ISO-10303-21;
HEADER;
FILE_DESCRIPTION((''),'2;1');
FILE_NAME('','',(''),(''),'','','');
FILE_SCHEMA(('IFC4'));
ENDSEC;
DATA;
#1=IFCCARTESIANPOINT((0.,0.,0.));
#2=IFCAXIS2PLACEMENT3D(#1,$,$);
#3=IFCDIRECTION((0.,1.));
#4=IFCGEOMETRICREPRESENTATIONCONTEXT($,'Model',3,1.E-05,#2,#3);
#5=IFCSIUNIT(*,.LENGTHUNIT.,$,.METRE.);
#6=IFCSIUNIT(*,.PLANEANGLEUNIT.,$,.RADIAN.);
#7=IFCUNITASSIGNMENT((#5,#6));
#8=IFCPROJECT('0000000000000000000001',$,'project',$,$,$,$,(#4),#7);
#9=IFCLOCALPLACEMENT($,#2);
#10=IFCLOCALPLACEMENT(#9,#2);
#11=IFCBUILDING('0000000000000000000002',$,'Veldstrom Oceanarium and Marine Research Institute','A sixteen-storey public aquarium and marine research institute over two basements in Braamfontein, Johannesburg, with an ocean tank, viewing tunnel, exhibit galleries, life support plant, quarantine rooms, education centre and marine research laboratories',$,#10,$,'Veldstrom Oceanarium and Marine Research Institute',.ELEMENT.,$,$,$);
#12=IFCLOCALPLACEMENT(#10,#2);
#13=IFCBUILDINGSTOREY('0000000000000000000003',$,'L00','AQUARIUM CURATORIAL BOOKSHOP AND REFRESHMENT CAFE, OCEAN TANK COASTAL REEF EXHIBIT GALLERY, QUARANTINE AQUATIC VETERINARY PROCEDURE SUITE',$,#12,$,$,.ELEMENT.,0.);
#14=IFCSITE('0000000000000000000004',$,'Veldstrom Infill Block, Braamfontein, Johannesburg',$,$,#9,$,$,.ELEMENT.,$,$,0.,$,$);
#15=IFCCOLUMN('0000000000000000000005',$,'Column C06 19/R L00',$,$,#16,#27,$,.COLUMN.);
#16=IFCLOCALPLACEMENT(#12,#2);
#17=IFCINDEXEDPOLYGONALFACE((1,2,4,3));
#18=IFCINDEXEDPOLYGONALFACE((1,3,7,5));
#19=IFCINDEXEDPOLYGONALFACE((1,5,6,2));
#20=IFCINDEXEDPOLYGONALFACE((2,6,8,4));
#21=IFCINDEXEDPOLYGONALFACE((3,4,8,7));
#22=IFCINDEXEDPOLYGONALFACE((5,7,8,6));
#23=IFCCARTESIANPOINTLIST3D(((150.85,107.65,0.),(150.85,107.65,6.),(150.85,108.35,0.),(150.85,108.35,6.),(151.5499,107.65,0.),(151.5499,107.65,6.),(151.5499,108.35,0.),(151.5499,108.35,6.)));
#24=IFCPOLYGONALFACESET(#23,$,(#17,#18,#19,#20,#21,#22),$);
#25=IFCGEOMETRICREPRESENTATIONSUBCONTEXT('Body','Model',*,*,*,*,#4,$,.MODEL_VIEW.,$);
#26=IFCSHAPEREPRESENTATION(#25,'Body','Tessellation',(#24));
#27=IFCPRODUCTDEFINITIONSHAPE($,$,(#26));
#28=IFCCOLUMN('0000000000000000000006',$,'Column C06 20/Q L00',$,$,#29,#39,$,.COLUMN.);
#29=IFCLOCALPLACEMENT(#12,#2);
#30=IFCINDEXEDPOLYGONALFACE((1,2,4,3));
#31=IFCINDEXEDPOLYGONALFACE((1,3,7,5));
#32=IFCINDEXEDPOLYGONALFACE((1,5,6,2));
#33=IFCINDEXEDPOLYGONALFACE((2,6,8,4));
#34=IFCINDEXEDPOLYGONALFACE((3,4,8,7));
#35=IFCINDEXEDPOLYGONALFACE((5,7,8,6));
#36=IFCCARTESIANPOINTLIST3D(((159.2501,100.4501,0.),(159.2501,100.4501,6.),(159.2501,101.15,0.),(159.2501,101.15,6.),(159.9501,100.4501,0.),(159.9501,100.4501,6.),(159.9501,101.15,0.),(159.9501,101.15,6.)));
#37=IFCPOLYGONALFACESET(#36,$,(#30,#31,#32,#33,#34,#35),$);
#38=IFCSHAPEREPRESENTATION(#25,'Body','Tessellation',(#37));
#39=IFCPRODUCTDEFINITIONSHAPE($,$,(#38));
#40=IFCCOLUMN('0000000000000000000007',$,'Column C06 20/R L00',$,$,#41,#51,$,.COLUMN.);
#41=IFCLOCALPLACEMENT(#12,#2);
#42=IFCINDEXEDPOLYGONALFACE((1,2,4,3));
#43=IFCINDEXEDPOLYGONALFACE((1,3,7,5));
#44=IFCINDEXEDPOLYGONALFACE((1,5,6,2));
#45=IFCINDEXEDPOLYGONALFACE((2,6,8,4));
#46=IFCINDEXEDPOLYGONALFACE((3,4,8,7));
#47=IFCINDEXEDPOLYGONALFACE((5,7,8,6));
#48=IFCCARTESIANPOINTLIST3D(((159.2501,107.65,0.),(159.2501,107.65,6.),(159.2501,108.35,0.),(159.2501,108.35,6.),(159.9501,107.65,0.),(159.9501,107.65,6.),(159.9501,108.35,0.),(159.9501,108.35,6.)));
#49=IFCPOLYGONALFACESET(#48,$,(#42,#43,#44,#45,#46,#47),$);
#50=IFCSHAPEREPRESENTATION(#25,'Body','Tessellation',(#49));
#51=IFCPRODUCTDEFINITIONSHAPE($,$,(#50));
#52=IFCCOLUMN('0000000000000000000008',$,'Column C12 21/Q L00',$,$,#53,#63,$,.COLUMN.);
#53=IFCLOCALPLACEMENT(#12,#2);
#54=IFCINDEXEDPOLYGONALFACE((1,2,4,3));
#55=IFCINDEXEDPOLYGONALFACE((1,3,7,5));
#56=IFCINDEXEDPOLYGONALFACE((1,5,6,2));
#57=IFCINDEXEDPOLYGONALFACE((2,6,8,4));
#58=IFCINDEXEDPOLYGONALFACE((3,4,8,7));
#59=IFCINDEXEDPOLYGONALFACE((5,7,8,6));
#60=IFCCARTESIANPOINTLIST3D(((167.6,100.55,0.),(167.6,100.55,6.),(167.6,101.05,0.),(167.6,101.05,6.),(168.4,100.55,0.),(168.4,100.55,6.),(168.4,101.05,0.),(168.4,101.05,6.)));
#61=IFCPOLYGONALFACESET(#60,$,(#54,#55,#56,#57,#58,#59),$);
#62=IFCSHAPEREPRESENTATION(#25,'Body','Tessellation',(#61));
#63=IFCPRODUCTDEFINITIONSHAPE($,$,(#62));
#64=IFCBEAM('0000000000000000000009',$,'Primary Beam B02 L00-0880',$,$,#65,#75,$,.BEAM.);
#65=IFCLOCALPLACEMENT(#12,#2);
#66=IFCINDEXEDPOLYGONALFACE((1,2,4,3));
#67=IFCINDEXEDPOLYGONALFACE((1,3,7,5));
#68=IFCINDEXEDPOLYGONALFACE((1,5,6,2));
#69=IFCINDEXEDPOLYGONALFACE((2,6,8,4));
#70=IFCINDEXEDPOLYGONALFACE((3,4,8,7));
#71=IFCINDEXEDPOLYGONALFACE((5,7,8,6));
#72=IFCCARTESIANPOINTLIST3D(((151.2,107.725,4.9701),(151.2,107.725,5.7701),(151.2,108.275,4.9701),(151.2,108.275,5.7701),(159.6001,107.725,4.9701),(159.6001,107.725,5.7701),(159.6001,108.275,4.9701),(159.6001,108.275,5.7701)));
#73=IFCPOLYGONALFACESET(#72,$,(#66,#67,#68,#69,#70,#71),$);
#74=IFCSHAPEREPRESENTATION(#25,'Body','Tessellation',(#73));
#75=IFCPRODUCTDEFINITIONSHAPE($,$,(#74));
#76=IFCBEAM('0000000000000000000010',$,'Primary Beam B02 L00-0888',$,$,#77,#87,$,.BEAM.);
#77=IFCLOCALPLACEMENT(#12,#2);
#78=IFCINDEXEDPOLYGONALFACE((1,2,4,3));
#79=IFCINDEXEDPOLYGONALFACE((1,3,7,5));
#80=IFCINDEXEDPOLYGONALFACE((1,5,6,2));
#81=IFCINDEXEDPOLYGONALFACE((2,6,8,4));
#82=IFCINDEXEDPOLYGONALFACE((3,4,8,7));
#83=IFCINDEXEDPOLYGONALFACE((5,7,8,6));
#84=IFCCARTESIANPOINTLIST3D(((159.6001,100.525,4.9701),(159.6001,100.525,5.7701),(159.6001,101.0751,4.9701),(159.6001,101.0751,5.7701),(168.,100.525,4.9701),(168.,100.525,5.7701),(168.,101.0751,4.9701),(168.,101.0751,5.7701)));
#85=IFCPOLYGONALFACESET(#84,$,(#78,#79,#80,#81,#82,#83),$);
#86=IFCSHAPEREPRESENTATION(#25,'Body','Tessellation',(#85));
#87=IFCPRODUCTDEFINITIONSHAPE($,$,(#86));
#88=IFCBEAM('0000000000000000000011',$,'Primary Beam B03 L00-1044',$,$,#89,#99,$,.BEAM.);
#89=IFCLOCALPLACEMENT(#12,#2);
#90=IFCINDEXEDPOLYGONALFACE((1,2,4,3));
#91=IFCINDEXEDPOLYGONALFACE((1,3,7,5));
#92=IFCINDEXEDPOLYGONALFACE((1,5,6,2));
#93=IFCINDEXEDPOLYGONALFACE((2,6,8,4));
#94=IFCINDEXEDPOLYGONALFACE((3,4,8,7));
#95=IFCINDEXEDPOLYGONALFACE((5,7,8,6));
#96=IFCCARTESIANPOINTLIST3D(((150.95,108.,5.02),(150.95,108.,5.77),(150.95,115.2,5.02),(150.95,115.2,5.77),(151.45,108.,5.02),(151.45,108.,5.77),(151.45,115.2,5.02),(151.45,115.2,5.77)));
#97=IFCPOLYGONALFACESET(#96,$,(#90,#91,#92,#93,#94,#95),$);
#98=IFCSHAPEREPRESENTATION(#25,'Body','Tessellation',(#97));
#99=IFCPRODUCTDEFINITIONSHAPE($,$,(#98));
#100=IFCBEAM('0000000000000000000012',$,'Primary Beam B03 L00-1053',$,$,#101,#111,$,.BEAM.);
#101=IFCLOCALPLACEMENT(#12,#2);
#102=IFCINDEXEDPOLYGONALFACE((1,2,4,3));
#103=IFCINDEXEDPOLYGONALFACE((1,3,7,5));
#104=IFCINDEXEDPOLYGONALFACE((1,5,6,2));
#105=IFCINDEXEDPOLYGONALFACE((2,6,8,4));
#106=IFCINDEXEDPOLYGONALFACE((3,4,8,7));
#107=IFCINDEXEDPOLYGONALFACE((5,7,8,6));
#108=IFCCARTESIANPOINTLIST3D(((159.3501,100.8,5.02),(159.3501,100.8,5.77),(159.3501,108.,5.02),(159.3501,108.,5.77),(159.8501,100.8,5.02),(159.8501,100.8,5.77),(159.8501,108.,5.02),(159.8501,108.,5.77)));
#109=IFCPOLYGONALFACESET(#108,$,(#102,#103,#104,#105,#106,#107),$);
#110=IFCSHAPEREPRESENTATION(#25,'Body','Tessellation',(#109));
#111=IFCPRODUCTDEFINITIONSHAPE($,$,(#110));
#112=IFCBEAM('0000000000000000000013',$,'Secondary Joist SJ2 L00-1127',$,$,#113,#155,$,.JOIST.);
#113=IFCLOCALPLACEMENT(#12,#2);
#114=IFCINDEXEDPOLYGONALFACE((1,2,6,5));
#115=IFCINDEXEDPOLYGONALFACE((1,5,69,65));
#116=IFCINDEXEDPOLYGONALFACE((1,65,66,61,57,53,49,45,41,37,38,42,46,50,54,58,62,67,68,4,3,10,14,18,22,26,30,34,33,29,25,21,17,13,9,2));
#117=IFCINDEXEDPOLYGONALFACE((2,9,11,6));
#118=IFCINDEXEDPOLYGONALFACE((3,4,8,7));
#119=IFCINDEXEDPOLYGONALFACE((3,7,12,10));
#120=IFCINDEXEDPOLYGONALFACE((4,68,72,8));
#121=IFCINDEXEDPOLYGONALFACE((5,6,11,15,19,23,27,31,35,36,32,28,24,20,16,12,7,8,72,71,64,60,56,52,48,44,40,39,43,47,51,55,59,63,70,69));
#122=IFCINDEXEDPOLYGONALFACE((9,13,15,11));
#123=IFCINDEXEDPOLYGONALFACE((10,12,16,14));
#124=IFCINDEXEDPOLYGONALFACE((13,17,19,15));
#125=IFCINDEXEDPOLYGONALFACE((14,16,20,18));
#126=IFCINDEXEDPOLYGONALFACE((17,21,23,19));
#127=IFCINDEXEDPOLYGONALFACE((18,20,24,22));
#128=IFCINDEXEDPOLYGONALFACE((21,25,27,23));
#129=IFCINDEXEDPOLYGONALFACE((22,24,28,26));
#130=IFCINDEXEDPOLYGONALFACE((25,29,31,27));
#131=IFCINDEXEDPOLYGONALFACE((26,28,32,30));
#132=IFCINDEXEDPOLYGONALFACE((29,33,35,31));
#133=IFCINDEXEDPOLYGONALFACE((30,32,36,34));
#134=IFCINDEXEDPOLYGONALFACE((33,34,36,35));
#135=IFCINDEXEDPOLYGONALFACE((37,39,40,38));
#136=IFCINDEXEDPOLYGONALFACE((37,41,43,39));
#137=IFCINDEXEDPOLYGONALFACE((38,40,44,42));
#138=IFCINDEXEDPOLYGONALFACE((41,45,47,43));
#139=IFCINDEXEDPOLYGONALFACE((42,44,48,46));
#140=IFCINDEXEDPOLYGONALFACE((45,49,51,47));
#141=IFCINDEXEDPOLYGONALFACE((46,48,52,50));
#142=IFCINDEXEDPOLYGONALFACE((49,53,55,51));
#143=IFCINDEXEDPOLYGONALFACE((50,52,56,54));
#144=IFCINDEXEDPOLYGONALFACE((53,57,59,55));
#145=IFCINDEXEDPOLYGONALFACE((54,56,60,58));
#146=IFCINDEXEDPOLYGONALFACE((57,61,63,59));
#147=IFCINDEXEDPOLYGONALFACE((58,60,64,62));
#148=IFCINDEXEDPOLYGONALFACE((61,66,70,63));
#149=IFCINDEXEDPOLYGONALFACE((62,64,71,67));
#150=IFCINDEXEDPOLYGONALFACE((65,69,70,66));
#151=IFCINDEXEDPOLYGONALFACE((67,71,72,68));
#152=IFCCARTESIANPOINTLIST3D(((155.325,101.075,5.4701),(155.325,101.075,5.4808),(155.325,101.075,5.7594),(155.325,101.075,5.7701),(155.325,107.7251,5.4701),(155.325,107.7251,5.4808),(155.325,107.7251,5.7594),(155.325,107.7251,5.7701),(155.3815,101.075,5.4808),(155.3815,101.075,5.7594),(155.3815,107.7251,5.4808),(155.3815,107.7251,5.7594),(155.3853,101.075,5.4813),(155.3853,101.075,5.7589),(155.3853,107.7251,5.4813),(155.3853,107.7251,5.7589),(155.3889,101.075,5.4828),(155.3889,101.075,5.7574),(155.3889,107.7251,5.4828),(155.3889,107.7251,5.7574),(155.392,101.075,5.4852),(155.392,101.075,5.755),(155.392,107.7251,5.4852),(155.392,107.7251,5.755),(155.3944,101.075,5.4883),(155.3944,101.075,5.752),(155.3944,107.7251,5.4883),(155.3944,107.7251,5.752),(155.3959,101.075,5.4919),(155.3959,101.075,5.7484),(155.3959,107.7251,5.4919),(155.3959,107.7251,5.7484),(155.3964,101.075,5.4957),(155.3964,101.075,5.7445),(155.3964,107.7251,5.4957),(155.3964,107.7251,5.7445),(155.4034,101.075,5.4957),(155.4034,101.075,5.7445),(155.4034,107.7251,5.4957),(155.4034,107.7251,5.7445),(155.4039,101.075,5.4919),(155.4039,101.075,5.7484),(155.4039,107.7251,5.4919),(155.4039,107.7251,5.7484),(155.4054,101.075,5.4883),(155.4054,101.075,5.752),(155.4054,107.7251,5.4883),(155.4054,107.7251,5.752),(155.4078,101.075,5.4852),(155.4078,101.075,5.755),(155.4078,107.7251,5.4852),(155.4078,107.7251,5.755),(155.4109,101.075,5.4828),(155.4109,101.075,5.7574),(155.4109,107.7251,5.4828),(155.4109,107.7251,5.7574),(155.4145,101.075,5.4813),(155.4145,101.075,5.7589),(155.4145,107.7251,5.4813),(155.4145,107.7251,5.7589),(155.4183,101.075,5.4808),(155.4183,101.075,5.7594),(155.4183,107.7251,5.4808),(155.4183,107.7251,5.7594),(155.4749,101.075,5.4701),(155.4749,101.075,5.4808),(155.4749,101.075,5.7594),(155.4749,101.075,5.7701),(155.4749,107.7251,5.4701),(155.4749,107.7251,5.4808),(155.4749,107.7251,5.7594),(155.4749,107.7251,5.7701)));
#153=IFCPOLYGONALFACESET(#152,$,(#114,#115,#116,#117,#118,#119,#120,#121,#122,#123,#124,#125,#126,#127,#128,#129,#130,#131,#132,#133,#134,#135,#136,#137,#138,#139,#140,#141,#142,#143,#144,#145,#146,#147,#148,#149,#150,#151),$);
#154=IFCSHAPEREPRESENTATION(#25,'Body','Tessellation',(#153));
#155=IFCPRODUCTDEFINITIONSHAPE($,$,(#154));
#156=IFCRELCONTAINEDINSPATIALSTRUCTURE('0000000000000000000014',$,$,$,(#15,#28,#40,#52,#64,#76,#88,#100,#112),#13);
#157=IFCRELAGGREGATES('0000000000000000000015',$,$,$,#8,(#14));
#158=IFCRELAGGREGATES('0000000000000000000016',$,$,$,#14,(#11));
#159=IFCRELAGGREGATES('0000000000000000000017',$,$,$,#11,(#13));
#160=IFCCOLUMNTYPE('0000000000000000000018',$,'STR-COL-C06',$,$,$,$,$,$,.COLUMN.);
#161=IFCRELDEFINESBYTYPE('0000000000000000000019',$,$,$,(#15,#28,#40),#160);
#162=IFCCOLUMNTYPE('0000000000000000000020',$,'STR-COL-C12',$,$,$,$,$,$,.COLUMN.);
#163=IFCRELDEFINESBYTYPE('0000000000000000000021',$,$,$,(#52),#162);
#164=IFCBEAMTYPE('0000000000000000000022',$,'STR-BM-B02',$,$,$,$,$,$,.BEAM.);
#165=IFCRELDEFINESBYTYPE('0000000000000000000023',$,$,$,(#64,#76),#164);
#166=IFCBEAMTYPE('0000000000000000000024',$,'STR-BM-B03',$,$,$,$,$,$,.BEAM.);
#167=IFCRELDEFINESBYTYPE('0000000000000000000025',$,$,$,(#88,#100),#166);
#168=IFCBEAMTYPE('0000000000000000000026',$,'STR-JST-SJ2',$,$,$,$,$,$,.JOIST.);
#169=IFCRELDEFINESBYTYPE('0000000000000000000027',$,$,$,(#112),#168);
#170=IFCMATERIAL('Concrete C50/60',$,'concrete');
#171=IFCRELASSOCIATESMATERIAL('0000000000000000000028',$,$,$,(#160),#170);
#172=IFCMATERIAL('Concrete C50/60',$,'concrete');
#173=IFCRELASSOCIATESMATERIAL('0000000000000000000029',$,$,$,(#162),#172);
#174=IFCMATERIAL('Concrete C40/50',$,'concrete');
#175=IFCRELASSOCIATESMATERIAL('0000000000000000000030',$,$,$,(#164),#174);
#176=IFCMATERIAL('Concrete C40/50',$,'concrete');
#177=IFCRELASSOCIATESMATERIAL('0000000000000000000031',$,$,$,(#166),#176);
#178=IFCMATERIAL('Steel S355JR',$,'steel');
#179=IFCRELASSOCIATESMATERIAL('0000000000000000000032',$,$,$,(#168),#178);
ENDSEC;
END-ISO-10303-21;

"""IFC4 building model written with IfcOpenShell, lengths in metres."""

from ifc_helpers import new_model, si_unit, direction, frame, origin, origin_2d, place, context, subcontext, project, spatial, rectangle, i_section, extrude, material, material_profile, profile_set, type_object, element, save


model = new_model("IFC4")

# Units and contexts
model_context = context("Model", 3, precision=1e-05, world=origin(), true_north=direction((0.0, 1.0)))
body_context = subcontext(model_context, "Body", "Model", "MODEL_VIEW")
ifc_project = project(units=[si_unit("LENGTHUNIT", "METRE"), si_unit("PLANEANGLEUNIT", "RADIAN")], contexts=[model_context])

# Site, building, storey
site_placement = place(None, origin())
site = spatial("IfcSite", under=ifc_project, at=site_placement, Name="Veldstrom Infill Block, Braamfontein, Johannesburg", CompositionType="ELEMENT", RefElevation=0.0)
building_placement = place(site_placement, origin())
building = spatial("IfcBuilding", under=site, at=building_placement, Name="Veldstrom Oceanarium and Marine Research Institute", Description="A sixteen-storey public aquarium and marine research institute over two basements in Braamfontein, Johannesburg, with an ocean tank, viewing tunnel, exhibit galleries, life support plant, quarantine rooms, education centre and marine research laboratories", LongName="Veldstrom Oceanarium and Marine Research Institute", CompositionType="ELEMENT")
storey_placement = place(building_placement, origin())
storey = spatial("IfcBuildingStorey", under=building, at=storey_placement, Name="L00", Description="AQUARIUM CURATORIAL BOOKSHOP AND REFRESHMENT CAFE, OCEAN TANK COASTAL REEF EXHIBIT GALLERY, QUARANTINE AQUATIC VETERINARY PROCEDURE SUITE", CompositionType="ELEMENT", Elevation=0.0)

# Columns
ifc_material_1 = material(Name="Concrete C50/60", Category="concrete")
ifc_material_profile_1 = material_profile(ifc_material_1, rectangle(XDim=0.7, YDim=0.7, at=origin_2d()), Name="RC-COL-700x700")
ifc_profile_set_1 = profile_set([ifc_material_profile_1], Name="Concrete C50/60")
column_type_1 = type_object("IfcColumnType", Name="STR-COL-C06", PredefinedType="COLUMN", material=ifc_profile_set_1)
for number, where, z_axis, x_axis, name in (
    (1, (151.2, 108.0, 0.0), (0.0, 0.0, 1.0), (1.0, 0.0, 0.0), "Column C06 19/R L00"),
    (2, (159.6001, 100.8, 0.0), (0.0, 0.0, 1.0), (1.0, 0.0, 0.0), "Column C06 20/Q L00"),
    (3, (159.6001, 108.0, 0.0), (0.0, 0.0, 1.0), (1.0, 0.0, 0.0), "Column C06 20/R L00"),
):
    element("IfcColumn", number, at=place(storey_placement, frame(where, z_axis=z_axis, x_axis=x_axis)), inside=storey, type_object=column_type_1, Name=name, PredefinedType="COLUMN", context=body_context, shape_type="SweptSolid", body=[
        extrude(rectangle(XDim=0.7, YDim=0.7, at=origin_2d()), origin(), (0.0, 0.0, 1.0), 6.0),
    ])
ifc_material_2 = material(Name="Concrete C50/60", Category="concrete")
ifc_material_profile_2 = material_profile(ifc_material_2, rectangle(XDim=0.5, YDim=0.8, at=origin_2d()), Name="RC-COL-800x500")
ifc_profile_set_2 = profile_set([ifc_material_profile_2], Name="Concrete C50/60")
column_type_2 = type_object("IfcColumnType", Name="STR-COL-C12", PredefinedType="COLUMN", material=ifc_profile_set_2)
column_placement = place(storey_placement, frame((168.0, 100.8, 0.0), z_axis=(0.0, 0.0, 1.0), x_axis=(0.0, 1.0, 0.0)))
element("IfcColumn", 4, at=column_placement, inside=storey, type_object=column_type_2, Name="Column C12 21/Q L00", PredefinedType="COLUMN", context=body_context, shape_type="SweptSolid", body=[
    extrude(rectangle(XDim=0.5, YDim=0.8, at=origin_2d()), origin(), (0.0, 0.0, 1.0), 6.0),
])

# Beams
ifc_material_3 = material(Name="Concrete C40/50", Category="concrete")
ifc_material_profile_3 = material_profile(ifc_material_3, rectangle(XDim=0.55, YDim=0.8, at=origin_2d()), Name="RC-BM-550x800")
ifc_profile_set_3 = profile_set([ifc_material_profile_3], Name="Concrete C40/50")
beam_type_1 = type_object("IfcBeamType", Name="STR-BM-B02", PredefinedType="BEAM", material=ifc_profile_set_3)
beam_1_placement = place(storey_placement, frame((151.2, 108.0, 5.3701), z_axis=(1.0, 0.0, 0.0), x_axis=(0.0, 1.0, 0.0)))
element("IfcBeam", 5, at=beam_1_placement, inside=storey, type_object=beam_type_1, Name="Primary Beam B02 L00-0880", PredefinedType="BEAM", context=body_context, shape_type="SweptSolid", body=[
    extrude(rectangle(XDim=0.55, YDim=0.8, at=origin_2d()), origin(), (0.0, 0.0, 1.0), 8.4001),
])
beam_2_placement = place(storey_placement, frame((159.6001, 100.8, 5.3701), z_axis=(1.0, 0.0, 0.0), x_axis=(0.0, 1.0, 0.0)))
element("IfcBeam", 6, at=beam_2_placement, inside=storey, type_object=beam_type_1, Name="Primary Beam B02 L00-0888", PredefinedType="BEAM", context=body_context, shape_type="SweptSolid", body=[
    extrude(rectangle(XDim=0.55, YDim=0.8, at=origin_2d()), origin(), (0.0, 0.0, 1.0), 8.3999),
])
ifc_material_4 = material(Name="Concrete C40/50", Category="concrete")
ifc_material_profile_4 = material_profile(ifc_material_4, rectangle(XDim=0.5, YDim=0.75, at=origin_2d()), Name="RC-BM-500x750")
ifc_profile_set_4 = profile_set([ifc_material_profile_4], Name="Concrete C40/50")
beam_type_2 = type_object("IfcBeamType", Name="STR-BM-B03", PredefinedType="BEAM", material=ifc_profile_set_4)
for number, where, z_axis, x_axis, name in (
    (7, (151.2, 108.0, 5.395), (0.0, 1.0, 0.0), (-1.0, 0.0, 0.0), "Primary Beam B03 L00-1044"),
    (8, (159.6001, 100.8, 5.395), (0.0, 1.0, 0.0), (-1.0, 0.0, 0.0), "Primary Beam B03 L00-1053"),
):
    element("IfcBeam", number, at=place(storey_placement, frame(where, z_axis=z_axis, x_axis=x_axis)), inside=storey, type_object=beam_type_2, Name=name, PredefinedType="BEAM", context=body_context, shape_type="SweptSolid", body=[
        extrude(rectangle(XDim=0.5, YDim=0.75, at=origin_2d()), origin(), (0.0, 0.0, 1.0), 7.2),
    ])
ifc_material_5 = material(Name="Steel S355JR", Category="steel")
ifc_material_profile_5 = material_profile(ifc_material_5, i_section(OverallWidth=0.1499, OverallDepth=0.3, WebThickness=0.0071, FlangeThickness=0.0107, FilletRadius=0.0149, at=origin_2d()), Name="IPE 300")
ifc_profile_set_5 = profile_set([ifc_material_profile_5], Name="Steel S355JR")
beam_type_3 = type_object("IfcBeamType", Name="STR-JST-SJ2", PredefinedType="JOIST", material=ifc_profile_set_5)
beam_3_placement = place(storey_placement, frame((155.3999, 101.075, 5.6201), z_axis=(0.0, 1.0, 0.0), x_axis=(-1.0, 0.0, 0.0)))
element("IfcBeam", 9, at=beam_3_placement, inside=storey, type_object=beam_type_3, Name="Secondary Joist SJ2 L00-1127", PredefinedType="JOIST", context=body_context, shape_type="SweptSolid", body=[
    extrude(i_section(OverallWidth=0.1499, OverallDepth=0.3, WebThickness=0.0071, FlangeThickness=0.0107, FilletRadius=0.0149, at=origin_2d()), origin(), (0.0, 0.0, 1.0), 6.6501),
])

save(model, "model.ifc")
